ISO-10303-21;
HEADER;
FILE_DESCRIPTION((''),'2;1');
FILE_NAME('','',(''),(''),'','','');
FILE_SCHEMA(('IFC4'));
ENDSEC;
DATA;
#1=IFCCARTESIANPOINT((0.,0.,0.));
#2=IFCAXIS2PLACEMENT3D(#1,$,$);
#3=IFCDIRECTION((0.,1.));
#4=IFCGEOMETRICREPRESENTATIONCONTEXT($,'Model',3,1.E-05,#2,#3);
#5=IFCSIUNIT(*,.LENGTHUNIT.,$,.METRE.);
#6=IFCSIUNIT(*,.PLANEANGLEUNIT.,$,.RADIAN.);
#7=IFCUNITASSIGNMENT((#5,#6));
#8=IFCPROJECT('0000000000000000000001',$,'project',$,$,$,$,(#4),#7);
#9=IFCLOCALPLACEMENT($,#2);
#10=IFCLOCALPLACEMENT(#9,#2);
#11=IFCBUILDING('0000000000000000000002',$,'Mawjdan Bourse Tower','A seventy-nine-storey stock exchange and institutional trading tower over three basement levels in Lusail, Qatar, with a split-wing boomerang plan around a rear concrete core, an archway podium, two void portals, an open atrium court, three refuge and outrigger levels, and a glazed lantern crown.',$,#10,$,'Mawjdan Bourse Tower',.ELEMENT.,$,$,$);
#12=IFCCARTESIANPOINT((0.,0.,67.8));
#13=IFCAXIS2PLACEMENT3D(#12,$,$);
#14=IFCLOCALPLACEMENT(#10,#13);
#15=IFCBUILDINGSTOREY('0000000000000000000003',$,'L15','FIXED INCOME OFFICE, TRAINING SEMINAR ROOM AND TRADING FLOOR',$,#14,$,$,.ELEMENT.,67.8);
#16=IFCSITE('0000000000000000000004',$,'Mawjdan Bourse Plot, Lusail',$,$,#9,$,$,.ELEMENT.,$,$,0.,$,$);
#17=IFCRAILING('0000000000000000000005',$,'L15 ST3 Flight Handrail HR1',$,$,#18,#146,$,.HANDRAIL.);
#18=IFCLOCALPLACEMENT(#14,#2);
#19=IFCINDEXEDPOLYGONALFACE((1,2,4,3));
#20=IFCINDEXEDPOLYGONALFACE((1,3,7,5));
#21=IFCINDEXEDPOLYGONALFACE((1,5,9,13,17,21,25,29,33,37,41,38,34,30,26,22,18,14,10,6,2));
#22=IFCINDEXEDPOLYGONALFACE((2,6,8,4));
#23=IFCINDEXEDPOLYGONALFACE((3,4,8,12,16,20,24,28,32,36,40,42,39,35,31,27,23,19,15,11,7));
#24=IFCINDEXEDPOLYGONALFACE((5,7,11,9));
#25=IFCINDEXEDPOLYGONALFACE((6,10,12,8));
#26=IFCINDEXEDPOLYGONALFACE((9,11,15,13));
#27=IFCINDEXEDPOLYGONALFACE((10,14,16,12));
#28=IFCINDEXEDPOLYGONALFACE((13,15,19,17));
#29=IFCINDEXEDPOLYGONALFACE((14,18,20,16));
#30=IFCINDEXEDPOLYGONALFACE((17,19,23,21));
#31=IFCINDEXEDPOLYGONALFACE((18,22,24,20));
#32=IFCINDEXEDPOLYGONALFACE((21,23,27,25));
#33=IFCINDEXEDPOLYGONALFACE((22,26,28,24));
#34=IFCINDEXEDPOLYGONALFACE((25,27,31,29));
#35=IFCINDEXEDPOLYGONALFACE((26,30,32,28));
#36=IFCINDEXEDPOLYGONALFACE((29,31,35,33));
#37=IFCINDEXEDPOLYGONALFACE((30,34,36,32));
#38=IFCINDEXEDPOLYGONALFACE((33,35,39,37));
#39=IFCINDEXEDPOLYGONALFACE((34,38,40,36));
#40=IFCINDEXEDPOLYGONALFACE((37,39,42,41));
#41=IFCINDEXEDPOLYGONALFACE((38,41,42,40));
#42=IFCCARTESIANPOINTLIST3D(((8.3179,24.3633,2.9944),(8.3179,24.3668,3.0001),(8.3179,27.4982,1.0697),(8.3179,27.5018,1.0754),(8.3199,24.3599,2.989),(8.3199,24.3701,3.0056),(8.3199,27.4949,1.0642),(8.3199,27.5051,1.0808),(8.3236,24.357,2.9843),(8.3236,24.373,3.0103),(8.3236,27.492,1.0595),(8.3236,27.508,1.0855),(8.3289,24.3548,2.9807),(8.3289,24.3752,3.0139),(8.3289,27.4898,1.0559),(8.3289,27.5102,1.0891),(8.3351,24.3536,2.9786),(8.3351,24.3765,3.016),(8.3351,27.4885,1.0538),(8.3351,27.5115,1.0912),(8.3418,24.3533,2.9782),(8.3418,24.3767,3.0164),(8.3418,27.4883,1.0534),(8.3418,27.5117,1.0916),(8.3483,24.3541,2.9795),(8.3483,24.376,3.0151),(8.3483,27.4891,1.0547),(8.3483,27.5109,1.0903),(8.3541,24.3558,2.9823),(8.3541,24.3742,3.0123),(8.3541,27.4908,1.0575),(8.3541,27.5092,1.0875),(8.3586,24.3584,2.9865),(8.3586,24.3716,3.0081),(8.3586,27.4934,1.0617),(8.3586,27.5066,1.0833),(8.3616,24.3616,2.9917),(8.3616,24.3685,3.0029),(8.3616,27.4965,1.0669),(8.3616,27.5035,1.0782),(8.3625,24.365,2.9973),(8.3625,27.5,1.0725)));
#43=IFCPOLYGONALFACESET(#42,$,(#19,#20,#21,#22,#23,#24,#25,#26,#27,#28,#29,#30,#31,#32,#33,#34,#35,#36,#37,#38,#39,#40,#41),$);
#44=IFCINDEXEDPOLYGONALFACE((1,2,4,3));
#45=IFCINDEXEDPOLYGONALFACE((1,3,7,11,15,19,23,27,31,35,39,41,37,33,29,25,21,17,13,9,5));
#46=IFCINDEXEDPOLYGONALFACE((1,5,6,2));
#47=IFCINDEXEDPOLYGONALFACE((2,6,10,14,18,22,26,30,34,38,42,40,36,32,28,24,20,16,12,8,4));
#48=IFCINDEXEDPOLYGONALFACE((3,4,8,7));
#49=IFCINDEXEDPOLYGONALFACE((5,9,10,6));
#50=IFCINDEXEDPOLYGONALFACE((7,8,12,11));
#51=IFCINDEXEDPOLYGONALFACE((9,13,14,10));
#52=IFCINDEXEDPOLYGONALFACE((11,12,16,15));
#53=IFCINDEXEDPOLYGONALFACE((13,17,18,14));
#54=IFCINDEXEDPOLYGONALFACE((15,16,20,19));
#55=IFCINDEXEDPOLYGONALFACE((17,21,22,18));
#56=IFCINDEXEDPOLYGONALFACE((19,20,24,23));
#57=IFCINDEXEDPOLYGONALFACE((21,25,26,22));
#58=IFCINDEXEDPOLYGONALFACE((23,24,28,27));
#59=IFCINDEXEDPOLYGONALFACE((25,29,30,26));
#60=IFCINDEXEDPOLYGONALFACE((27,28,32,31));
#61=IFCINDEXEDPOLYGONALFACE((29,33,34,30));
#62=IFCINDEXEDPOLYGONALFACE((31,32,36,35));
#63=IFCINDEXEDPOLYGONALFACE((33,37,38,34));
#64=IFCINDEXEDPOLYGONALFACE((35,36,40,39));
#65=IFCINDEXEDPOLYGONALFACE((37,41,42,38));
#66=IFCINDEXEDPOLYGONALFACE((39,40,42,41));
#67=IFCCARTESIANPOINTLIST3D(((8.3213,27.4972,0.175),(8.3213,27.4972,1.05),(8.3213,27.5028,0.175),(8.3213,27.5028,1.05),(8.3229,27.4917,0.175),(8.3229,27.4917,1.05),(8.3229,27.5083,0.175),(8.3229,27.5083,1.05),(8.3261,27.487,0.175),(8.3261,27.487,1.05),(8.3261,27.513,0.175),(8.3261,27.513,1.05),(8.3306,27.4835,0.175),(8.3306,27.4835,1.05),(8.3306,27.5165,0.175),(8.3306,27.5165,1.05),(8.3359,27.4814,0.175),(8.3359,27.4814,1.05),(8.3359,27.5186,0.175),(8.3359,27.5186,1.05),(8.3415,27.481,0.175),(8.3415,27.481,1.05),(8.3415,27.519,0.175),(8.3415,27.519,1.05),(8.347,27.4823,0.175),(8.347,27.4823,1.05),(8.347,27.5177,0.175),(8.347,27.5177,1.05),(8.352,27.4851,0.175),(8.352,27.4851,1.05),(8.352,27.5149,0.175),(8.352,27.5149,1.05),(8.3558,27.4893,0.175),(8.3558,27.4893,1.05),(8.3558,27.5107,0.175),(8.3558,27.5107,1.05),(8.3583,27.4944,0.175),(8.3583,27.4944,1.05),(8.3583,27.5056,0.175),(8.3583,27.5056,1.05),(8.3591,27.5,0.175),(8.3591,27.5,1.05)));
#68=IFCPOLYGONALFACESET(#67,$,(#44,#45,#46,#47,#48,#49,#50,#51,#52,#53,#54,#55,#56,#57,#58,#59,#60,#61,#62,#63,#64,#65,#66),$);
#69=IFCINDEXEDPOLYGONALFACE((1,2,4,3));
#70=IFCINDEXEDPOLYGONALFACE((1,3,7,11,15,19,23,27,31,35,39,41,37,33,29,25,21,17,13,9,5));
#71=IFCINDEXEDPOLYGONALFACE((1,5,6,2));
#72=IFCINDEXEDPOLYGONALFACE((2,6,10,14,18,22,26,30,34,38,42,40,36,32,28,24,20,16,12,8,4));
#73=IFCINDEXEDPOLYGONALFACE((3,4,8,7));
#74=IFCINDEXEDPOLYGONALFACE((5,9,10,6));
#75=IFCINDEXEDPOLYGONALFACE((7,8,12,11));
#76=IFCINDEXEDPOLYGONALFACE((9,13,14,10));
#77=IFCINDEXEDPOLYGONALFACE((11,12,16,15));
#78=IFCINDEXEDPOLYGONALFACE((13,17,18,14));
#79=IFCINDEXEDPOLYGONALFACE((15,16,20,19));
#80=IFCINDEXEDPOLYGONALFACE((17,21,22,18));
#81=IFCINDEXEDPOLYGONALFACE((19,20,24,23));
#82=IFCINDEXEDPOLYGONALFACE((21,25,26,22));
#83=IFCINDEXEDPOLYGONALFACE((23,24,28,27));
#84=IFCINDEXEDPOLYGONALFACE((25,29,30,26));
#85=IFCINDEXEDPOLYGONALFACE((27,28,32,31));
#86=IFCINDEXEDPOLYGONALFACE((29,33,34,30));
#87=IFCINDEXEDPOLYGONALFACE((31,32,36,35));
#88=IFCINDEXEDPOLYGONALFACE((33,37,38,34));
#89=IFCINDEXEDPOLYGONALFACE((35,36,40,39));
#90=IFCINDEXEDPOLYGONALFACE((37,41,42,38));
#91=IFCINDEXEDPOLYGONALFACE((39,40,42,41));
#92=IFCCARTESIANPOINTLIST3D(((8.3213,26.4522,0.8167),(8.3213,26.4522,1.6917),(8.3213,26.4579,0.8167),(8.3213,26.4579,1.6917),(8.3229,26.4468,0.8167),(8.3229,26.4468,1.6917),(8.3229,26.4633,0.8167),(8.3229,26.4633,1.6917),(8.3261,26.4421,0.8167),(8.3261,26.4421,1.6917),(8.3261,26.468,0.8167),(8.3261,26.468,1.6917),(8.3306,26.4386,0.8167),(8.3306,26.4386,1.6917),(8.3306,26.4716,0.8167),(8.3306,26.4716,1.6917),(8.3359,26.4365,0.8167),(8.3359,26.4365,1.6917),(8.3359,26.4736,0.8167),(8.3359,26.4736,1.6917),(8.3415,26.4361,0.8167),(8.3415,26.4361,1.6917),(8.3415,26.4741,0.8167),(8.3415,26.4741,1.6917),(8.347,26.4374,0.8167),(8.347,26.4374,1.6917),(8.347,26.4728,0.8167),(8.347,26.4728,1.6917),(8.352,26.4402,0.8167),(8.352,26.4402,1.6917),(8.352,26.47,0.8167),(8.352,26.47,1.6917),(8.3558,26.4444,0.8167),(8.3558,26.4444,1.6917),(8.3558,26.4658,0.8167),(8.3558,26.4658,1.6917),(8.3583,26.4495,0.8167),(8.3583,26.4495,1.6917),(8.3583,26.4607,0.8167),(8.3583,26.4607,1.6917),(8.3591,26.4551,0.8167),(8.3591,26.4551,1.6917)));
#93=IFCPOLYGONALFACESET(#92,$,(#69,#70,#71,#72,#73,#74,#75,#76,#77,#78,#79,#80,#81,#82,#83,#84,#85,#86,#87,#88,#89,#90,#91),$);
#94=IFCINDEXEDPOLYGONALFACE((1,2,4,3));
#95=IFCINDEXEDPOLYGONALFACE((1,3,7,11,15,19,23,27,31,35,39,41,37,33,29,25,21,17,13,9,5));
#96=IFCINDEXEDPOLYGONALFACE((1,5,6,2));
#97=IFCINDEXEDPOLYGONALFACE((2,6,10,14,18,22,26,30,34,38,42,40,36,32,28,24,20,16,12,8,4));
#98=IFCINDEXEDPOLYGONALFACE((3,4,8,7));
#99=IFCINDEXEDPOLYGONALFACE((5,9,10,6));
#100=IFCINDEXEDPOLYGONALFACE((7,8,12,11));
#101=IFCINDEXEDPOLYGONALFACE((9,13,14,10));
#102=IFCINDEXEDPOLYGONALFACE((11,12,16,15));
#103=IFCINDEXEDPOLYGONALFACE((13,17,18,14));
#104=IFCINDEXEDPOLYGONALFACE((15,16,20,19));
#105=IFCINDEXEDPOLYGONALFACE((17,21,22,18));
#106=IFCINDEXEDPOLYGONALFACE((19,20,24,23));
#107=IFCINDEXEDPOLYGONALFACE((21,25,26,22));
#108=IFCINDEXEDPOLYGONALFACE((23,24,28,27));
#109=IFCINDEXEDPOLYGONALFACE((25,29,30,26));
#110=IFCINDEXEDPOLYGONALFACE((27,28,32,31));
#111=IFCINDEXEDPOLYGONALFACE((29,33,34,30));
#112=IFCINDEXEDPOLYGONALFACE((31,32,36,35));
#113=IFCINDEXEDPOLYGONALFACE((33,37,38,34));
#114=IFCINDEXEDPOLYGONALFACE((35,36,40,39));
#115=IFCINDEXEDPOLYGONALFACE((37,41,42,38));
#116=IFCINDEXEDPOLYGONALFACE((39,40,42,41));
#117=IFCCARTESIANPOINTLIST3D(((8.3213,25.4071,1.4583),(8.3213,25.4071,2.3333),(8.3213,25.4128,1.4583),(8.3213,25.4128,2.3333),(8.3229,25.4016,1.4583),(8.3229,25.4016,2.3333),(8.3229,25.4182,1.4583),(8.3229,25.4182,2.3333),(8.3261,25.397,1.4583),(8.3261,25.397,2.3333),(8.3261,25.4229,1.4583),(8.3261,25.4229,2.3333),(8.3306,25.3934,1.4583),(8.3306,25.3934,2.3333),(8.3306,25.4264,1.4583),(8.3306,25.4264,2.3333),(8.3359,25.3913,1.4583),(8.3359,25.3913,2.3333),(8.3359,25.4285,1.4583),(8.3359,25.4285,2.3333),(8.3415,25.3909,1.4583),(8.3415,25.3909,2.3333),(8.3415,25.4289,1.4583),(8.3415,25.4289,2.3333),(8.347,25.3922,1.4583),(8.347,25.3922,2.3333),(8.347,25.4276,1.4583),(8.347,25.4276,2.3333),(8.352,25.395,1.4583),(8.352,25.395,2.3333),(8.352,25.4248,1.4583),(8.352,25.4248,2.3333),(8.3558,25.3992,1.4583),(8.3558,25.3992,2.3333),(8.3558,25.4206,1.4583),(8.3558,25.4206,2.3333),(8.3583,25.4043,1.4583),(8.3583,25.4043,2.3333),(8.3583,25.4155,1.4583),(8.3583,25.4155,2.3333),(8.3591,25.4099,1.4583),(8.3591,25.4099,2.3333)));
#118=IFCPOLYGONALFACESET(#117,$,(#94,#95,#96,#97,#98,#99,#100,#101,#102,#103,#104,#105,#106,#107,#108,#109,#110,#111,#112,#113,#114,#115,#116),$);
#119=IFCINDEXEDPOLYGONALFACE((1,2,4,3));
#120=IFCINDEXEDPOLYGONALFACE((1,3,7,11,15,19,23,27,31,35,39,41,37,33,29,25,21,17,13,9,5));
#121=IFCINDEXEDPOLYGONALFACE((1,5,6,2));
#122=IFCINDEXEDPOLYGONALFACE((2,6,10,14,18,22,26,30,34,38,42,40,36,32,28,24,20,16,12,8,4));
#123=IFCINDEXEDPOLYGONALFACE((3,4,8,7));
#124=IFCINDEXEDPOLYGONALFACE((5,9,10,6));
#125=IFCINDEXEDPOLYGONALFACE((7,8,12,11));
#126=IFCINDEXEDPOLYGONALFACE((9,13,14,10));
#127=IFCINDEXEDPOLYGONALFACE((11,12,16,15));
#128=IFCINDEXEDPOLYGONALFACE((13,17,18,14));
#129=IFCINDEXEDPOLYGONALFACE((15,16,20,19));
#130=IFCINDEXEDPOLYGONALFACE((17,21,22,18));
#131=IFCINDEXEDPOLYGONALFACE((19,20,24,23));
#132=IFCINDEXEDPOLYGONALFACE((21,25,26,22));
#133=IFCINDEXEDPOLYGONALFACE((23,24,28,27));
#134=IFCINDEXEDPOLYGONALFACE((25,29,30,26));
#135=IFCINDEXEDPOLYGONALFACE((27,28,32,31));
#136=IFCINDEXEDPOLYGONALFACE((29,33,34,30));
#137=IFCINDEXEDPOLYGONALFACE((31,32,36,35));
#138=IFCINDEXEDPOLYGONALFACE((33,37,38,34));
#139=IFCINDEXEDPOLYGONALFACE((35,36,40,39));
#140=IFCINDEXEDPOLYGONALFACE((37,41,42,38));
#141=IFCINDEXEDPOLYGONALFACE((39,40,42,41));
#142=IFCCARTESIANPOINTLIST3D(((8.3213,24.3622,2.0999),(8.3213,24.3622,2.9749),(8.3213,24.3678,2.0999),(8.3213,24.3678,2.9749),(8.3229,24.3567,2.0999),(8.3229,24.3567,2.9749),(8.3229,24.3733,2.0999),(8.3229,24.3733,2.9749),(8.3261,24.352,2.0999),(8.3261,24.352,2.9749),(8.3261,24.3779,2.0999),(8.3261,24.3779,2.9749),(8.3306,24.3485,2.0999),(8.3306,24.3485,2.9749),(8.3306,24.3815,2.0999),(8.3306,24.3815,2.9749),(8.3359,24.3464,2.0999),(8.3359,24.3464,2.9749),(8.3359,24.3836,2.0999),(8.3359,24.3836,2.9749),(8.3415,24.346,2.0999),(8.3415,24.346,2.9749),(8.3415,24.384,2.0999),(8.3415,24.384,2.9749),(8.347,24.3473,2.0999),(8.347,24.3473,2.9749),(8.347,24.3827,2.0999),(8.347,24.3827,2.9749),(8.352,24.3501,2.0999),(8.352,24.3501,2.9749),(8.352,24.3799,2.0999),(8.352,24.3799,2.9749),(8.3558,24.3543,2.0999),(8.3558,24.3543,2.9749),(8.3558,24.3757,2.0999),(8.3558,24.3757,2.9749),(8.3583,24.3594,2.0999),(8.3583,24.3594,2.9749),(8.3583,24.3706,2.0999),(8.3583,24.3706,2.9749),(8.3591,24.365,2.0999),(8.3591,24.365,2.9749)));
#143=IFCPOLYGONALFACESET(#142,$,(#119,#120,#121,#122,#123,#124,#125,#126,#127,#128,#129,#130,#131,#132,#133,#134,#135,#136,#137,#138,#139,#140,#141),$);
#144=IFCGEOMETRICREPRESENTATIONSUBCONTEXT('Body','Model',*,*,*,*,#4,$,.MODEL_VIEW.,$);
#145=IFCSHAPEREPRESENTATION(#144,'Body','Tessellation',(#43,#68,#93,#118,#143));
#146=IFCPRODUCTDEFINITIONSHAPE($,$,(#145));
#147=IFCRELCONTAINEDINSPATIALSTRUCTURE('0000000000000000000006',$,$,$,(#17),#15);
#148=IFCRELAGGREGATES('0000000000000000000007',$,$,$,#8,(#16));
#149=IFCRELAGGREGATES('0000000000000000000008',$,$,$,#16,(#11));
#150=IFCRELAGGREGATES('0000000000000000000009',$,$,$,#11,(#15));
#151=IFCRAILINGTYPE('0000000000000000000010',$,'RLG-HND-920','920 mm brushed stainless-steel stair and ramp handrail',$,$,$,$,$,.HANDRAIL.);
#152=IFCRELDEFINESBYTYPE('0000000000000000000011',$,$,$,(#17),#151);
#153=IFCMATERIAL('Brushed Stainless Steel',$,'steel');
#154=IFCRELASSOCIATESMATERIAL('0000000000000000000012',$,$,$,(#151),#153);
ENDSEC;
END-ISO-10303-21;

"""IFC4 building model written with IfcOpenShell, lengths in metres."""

from ifc_helpers import new_model, si_unit, direction, frame, origin, origin_2d, place, context, subcontext, project, spatial, circle, extrude, material, type_object, element, save


model = new_model("IFC4")

# Units and contexts
model_context = context("Model", 3, precision=1e-05, world=origin(), true_north=direction((0.0, 1.0)))
body_context = subcontext(model_context, "Body", "Model", "MODEL_VIEW")
ifc_project = project(units=[si_unit("LENGTHUNIT", "METRE"), si_unit("PLANEANGLEUNIT", "RADIAN")], contexts=[model_context])

# Site, building, storey
site_placement = place(None, origin())
site = spatial("IfcSite", under=ifc_project, at=site_placement, Name="Mawjdan Bourse Plot, Lusail", CompositionType="ELEMENT", RefElevation=0.0)
building_placement = place(site_placement, origin())
building = spatial("IfcBuilding", under=site, at=building_placement, Name="Mawjdan Bourse Tower", Description="A seventy-nine-storey stock exchange and institutional trading tower over three basement levels in Lusail, Qatar, with a split-wing boomerang plan around a rear concrete core, an archway podium, two void portals, an open atrium court, three refuge and outrigger levels, and a glazed lantern crown.", LongName="Mawjdan Bourse Tower", CompositionType="ELEMENT")
storey_placement = place(building_placement, frame((0.0, 0.0, 67.8)))
storey = spatial("IfcBuildingStorey", under=building, at=storey_placement, Name="L15", Description="FIXED INCOME OFFICE, TRAINING SEMINAR ROOM AND TRADING FLOOR", CompositionType="ELEMENT", Elevation=67.8)

# Railing
ifc_material_1 = material(Name="Brushed Stainless Steel", Category="steel")
railing_type_1 = type_object("IfcRailingType", Name="RLG-HND-920", Description="920 mm brushed stainless-steel stair and ramp handrail", PredefinedType="HANDRAIL", material=ifc_material_1)
railing_1_placement = place(storey_placement, frame((8.3401, 27.5, 0.175)))
element("IfcRailing", 1, at=railing_1_placement, inside=storey, type_object=railing_type_1, Name="L15 ST3 Flight Handrail HR1", PredefinedType="HANDRAIL", context=body_context, shape_type="SweptSolid", body=[
    extrude(circle(Radius=0.0225, at=origin_2d()), frame((0.0, 0.0, 0.8975), z_axis=(0.0, -0.852196, 0.523223), x_axis=(1.0, 0.0, 0.0)), (0.0, 0.0, 1.0), 3.6787),
    extrude(circle(Radius=0.019, at=origin_2d()), origin(), (0.0, 0.0, 1.0), 0.875),
    extrude(circle(Radius=0.019, at=origin_2d()), frame((0.0, -1.0449, 0.6416)), (0.0, 0.0, 1.0), 0.875),
    extrude(circle(Radius=0.019, at=origin_2d()), frame((0.0, -2.0901, 1.2832)), (0.0, 0.0, 1.0), 0.875),
    extrude(circle(Radius=0.019, at=origin_2d()), frame((0.0, -3.135, 1.9248)), (0.0, 0.0, 1.0), 0.875),
])

save(model, "model.ifc")
